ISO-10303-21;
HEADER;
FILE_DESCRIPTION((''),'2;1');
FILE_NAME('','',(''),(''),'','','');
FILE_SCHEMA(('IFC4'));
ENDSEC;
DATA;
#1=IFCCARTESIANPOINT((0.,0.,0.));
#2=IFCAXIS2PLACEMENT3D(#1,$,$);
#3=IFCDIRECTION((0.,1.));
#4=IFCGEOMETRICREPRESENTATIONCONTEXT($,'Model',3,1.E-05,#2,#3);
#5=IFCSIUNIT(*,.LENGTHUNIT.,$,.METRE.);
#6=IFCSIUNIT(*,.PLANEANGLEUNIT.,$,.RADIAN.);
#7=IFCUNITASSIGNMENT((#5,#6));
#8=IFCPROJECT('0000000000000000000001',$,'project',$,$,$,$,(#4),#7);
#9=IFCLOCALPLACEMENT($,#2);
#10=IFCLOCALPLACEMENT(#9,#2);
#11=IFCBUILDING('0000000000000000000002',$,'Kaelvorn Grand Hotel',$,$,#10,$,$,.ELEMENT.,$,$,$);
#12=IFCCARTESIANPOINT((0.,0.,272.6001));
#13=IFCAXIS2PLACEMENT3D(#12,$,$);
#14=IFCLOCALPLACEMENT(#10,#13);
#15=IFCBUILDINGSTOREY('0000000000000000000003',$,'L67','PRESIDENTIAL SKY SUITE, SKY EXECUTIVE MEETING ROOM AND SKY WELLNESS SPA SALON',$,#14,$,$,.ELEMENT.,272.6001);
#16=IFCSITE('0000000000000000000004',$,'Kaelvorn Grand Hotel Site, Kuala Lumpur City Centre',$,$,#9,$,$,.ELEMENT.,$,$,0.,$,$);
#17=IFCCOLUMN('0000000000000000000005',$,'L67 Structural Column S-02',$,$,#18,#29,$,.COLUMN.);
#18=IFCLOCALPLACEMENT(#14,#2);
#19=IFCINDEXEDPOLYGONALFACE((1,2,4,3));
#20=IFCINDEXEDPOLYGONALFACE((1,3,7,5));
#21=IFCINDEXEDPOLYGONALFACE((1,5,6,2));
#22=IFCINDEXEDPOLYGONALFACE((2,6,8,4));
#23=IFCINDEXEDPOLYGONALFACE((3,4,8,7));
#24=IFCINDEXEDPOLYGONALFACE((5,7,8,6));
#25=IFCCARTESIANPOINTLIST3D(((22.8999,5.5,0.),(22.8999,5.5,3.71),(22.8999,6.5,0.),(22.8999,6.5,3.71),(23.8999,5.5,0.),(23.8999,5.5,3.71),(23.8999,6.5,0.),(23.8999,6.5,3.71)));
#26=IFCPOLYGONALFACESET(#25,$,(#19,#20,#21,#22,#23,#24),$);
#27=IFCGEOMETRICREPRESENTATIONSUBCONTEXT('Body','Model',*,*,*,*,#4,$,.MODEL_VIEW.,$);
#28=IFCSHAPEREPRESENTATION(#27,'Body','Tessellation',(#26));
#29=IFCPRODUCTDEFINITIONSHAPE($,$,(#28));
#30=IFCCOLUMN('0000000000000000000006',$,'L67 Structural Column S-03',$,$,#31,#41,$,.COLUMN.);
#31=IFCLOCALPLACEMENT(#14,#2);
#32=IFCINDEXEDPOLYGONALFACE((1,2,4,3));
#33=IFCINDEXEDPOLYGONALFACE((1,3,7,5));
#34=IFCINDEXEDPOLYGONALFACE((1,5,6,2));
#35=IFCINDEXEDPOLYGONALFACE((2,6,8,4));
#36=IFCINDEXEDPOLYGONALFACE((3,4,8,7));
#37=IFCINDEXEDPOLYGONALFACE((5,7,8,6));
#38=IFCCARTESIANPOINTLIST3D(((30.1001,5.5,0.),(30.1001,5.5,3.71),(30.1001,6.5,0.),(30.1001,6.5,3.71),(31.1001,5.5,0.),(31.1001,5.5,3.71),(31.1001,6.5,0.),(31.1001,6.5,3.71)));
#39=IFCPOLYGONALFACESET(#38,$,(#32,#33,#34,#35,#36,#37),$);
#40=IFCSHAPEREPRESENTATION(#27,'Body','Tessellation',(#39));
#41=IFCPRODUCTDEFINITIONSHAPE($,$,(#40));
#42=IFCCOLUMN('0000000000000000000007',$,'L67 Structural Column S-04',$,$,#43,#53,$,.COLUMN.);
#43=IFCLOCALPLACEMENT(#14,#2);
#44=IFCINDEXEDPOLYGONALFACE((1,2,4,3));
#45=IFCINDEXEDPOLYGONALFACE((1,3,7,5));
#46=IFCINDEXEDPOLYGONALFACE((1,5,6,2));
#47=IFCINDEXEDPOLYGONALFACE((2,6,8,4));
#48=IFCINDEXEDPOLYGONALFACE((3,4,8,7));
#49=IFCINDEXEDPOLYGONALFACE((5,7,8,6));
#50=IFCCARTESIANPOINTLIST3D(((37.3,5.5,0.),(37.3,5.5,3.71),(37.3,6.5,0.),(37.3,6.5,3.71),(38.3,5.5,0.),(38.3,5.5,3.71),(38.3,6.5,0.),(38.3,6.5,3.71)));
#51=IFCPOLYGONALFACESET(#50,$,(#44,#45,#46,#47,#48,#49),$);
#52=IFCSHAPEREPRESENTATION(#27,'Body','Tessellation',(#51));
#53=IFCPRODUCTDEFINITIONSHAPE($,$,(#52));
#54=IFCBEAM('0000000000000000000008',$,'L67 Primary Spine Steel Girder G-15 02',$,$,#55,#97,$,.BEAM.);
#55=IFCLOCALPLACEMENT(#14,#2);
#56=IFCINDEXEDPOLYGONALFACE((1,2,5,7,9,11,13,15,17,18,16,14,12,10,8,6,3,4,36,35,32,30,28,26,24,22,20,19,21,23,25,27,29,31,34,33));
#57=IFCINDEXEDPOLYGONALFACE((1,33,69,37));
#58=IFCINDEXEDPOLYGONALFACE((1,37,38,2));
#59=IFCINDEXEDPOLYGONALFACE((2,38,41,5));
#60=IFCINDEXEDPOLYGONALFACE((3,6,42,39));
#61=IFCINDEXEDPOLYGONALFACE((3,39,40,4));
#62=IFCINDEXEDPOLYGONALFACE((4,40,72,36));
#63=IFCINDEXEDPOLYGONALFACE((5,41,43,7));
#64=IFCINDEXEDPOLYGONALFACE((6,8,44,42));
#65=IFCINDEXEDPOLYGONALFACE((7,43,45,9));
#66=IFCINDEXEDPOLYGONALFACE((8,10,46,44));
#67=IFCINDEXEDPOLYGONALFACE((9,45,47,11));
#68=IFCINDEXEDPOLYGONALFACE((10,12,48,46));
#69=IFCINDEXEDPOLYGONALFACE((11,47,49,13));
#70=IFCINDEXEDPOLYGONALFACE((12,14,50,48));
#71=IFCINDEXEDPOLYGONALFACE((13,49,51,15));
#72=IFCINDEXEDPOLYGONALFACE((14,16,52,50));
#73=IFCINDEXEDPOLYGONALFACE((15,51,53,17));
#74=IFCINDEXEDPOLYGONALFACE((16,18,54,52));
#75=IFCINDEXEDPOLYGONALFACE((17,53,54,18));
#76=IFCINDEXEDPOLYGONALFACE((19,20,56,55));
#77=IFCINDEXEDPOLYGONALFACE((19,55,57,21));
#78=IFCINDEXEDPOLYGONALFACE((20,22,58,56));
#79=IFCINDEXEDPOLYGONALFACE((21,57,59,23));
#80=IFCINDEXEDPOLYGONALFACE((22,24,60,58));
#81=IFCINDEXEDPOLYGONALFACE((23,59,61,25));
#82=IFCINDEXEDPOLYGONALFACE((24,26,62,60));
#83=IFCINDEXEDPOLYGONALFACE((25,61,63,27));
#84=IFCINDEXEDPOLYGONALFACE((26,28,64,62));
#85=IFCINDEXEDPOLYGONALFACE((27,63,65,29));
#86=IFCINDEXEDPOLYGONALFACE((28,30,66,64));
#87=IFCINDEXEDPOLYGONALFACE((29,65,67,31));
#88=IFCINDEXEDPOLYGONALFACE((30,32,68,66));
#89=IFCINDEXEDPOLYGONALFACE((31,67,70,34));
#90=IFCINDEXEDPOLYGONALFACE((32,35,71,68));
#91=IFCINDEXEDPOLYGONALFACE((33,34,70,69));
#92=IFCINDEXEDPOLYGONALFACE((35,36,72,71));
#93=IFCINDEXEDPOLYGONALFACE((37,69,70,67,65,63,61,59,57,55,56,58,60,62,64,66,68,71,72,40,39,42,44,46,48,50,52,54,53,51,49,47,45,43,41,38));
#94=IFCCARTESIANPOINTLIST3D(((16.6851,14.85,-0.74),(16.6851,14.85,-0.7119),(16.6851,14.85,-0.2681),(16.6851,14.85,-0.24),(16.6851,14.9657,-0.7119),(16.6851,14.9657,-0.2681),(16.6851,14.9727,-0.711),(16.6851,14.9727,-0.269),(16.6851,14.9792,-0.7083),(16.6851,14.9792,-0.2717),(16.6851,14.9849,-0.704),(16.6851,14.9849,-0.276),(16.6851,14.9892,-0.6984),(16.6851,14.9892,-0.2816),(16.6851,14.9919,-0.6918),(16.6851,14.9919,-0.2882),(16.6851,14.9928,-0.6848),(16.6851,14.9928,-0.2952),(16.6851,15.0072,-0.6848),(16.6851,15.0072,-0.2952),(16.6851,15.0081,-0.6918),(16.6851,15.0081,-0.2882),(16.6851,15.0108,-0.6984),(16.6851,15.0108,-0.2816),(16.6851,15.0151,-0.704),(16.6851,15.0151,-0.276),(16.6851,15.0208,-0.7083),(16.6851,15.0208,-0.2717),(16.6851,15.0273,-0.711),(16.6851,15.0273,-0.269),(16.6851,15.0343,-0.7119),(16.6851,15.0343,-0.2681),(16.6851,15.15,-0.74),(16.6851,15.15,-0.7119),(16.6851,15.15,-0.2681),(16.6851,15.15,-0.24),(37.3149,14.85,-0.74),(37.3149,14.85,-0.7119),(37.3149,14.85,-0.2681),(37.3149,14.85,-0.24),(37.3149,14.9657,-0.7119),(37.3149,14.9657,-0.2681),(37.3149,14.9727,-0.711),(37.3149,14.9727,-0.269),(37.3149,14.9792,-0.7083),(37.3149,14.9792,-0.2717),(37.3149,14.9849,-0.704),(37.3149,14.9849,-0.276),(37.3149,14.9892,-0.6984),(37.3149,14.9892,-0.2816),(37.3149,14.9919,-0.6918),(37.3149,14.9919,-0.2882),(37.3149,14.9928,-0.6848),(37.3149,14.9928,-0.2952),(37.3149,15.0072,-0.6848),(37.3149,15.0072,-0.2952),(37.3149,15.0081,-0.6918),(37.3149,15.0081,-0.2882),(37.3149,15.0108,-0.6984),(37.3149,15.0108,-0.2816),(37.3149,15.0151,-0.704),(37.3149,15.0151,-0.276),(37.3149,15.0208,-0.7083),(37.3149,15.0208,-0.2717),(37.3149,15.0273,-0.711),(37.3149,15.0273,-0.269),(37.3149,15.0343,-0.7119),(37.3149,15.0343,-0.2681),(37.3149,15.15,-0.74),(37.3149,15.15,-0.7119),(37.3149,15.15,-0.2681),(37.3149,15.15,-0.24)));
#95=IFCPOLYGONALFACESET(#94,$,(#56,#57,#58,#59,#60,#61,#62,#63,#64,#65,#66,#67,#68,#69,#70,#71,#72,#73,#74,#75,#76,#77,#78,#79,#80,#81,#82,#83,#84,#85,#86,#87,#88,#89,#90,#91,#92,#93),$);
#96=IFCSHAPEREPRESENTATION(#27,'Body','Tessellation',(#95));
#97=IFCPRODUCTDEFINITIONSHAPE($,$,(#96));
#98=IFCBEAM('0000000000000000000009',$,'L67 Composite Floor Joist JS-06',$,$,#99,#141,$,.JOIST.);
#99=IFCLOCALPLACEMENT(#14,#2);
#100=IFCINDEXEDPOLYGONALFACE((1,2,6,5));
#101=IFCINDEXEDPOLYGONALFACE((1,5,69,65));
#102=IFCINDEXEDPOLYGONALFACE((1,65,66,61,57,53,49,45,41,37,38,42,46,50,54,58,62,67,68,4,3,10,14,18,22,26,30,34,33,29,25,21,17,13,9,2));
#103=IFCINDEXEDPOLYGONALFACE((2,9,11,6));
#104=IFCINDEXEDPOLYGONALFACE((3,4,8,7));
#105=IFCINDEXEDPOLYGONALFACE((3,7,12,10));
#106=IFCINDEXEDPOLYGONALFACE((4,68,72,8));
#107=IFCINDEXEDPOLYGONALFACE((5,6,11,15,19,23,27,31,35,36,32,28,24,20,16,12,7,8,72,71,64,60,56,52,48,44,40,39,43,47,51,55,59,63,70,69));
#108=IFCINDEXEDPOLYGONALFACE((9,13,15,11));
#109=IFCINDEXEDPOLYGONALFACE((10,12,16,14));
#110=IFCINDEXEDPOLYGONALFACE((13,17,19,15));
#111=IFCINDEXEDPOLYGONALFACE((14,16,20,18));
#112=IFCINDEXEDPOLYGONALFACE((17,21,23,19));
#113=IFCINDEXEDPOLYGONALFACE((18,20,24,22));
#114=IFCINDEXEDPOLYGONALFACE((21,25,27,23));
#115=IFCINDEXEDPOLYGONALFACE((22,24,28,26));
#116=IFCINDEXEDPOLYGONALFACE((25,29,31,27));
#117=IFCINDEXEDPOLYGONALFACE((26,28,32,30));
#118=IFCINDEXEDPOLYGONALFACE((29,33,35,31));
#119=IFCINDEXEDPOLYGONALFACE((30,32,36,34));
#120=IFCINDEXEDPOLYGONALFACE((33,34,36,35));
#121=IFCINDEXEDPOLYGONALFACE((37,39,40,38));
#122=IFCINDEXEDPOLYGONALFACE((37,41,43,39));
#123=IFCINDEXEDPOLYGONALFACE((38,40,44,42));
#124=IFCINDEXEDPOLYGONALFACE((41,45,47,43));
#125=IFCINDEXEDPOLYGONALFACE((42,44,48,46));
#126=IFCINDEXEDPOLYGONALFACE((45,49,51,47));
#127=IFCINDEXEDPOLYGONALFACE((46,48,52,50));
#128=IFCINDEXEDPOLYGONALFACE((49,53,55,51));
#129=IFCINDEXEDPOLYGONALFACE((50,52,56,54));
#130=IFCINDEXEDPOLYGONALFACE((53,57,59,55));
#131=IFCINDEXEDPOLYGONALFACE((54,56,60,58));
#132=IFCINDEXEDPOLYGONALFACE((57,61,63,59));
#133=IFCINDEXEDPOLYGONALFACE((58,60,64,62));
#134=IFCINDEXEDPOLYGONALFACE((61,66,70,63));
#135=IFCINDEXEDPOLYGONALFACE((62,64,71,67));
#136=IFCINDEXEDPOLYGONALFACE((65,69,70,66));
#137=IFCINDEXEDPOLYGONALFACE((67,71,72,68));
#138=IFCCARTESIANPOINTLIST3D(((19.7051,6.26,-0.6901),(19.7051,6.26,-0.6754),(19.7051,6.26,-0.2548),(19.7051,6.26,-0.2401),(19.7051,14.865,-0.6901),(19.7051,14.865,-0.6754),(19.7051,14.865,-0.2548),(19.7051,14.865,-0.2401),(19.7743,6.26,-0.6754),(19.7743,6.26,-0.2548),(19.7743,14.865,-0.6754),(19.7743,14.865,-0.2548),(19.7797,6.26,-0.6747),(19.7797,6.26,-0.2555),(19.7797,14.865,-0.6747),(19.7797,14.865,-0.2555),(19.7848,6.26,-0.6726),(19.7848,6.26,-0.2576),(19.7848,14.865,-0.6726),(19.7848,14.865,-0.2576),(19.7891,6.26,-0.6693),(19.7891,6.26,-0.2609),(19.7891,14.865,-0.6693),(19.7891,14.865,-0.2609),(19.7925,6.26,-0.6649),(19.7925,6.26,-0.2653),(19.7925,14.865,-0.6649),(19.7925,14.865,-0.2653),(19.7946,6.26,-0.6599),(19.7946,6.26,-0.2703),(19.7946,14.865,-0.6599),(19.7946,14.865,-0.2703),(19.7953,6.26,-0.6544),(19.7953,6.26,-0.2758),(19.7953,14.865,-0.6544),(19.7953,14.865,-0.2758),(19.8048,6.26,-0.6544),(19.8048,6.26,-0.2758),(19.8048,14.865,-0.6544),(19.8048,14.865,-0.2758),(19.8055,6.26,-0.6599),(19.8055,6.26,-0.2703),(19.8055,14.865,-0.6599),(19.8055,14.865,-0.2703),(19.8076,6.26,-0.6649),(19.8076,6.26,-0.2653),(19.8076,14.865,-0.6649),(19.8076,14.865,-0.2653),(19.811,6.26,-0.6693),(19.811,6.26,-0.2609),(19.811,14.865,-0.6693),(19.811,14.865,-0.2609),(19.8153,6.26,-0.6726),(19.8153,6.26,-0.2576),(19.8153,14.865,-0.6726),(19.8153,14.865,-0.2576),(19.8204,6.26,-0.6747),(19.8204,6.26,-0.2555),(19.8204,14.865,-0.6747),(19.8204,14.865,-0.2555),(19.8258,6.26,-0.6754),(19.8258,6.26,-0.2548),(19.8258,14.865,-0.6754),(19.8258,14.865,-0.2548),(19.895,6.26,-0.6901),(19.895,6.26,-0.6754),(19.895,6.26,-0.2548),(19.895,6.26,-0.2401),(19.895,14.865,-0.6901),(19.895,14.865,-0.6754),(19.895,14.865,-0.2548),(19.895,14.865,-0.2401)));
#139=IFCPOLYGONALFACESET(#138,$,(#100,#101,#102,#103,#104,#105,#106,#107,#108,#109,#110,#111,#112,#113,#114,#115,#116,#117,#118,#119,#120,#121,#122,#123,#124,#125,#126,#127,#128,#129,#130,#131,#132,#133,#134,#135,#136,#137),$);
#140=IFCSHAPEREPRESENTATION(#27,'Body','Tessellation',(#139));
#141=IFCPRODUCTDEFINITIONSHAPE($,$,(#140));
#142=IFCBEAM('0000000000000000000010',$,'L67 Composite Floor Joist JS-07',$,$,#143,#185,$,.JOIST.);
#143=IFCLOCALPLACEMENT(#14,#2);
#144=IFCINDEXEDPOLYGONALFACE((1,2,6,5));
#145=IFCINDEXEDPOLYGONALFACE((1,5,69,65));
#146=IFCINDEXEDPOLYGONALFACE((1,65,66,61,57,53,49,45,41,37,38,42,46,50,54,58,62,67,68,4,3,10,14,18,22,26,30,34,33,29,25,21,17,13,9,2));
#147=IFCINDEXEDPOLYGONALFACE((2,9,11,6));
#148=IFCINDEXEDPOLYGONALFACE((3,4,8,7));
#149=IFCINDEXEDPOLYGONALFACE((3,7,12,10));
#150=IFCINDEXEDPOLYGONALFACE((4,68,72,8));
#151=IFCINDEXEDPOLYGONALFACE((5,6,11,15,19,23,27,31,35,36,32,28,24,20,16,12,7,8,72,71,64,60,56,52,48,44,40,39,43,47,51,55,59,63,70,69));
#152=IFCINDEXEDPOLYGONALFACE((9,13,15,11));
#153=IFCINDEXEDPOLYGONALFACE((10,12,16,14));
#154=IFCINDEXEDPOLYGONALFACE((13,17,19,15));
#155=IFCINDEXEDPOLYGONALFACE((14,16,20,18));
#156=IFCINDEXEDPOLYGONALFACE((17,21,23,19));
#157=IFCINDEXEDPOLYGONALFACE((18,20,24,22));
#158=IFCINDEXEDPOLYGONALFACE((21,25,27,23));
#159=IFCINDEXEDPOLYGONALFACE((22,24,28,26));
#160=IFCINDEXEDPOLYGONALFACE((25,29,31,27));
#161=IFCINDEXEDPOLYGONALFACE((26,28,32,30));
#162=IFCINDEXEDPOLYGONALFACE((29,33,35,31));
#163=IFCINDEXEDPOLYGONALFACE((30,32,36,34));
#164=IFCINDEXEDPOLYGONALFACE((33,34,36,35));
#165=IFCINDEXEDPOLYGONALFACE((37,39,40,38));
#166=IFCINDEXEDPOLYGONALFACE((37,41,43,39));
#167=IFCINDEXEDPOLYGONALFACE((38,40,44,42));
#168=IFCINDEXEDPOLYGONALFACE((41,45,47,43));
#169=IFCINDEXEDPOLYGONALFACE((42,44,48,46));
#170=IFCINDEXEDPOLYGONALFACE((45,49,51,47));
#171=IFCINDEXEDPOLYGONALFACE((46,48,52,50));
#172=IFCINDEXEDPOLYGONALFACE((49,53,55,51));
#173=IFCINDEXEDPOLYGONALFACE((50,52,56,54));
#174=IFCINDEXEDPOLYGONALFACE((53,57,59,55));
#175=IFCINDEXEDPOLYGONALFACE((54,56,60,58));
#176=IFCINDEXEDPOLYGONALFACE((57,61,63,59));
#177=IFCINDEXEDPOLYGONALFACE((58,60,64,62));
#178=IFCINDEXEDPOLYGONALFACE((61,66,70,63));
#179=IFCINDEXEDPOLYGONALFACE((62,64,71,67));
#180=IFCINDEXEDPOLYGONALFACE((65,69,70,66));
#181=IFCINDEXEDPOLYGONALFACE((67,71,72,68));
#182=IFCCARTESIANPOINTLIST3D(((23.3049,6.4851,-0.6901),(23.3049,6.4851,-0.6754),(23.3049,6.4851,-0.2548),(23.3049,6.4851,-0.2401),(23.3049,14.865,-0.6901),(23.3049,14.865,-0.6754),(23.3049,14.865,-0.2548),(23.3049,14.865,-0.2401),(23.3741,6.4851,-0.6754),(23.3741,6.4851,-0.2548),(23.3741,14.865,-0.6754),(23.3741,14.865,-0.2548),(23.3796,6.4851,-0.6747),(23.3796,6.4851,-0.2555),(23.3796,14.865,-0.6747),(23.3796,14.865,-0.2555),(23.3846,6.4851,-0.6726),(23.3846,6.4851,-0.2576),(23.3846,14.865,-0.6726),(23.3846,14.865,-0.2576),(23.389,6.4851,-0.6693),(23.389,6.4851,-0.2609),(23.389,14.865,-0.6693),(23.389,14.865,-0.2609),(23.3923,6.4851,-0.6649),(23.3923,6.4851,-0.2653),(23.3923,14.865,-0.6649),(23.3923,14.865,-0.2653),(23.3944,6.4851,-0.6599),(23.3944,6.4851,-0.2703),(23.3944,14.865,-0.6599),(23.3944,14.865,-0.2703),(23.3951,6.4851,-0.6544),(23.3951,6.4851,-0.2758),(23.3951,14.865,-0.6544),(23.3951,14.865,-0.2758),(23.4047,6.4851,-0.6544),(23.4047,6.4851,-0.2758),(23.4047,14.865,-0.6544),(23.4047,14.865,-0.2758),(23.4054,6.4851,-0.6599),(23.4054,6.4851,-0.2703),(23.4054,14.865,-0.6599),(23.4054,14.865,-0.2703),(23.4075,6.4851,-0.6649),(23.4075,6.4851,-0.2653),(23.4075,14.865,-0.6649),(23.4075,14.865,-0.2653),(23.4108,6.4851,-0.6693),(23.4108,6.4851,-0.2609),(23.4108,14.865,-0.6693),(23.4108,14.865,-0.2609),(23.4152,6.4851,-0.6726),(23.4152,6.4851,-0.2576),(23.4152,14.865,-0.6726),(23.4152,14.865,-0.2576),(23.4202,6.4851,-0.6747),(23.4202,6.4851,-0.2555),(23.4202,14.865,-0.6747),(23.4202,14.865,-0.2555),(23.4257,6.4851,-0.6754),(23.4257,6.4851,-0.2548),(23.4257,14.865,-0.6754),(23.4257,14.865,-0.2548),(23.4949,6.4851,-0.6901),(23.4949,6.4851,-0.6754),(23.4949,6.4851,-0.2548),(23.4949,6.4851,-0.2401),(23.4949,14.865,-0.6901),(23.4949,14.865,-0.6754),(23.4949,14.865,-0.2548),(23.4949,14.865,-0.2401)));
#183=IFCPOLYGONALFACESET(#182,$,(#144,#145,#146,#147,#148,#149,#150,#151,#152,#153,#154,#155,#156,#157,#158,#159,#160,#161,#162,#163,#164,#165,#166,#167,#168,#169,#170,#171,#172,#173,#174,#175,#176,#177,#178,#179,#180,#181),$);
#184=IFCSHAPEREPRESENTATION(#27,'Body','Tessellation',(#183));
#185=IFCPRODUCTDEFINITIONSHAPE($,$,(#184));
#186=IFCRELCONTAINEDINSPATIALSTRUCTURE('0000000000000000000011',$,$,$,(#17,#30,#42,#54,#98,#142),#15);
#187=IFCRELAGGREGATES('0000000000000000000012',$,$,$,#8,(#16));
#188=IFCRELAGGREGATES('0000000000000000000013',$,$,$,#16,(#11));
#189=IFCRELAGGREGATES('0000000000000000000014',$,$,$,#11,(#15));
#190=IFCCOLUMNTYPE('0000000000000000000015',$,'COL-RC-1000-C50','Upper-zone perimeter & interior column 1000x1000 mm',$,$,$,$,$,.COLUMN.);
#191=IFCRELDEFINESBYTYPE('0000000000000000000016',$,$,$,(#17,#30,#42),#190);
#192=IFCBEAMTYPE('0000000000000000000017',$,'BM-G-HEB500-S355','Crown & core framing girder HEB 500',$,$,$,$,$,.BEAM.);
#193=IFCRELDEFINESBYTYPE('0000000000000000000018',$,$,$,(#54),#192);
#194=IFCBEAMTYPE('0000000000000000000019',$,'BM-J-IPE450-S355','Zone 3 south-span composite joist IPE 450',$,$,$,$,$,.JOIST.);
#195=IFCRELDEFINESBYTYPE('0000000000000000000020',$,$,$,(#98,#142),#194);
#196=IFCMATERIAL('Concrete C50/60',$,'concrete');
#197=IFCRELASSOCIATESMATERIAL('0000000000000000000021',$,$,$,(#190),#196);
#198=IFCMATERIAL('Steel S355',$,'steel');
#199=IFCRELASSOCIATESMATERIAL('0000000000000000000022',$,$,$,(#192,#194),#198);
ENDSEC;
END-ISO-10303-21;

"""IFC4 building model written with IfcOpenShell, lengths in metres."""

from ifc_helpers import new_model, si_unit, direction, frame, origin, origin_2d, place, context, subcontext, project, spatial, rectangle, i_section, extrude, material, material_profile, profile_set, type_object, element, save


model = new_model("IFC4")

# Units and contexts
model_context = context("Model", 3, precision=1e-05, world=origin(), true_north=direction((0.0, 1.0)))
body_context = subcontext(model_context, "Body", "Model", "MODEL_VIEW")
ifc_project = project(units=[si_unit("LENGTHUNIT", "METRE"), si_unit("PLANEANGLEUNIT", "RADIAN")], contexts=[model_context])

# Site, building, storey
site_placement = place(None, origin())
site = spatial("IfcSite", under=ifc_project, at=site_placement, Name="Kaelvorn Grand Hotel Site, Kuala Lumpur City Centre", CompositionType="ELEMENT", RefElevation=0.0)
building_placement = place(site_placement, origin())
building = spatial("IfcBuilding", under=site, at=building_placement, Name="Kaelvorn Grand Hotel", CompositionType="ELEMENT")
storey_placement = place(building_placement, frame((0.0, 0.0, 272.6001)))
storey = spatial("IfcBuildingStorey", under=building, at=storey_placement, Name="L67", Description="PRESIDENTIAL SKY SUITE, SKY EXECUTIVE MEETING ROOM AND SKY WELLNESS SPA SALON", CompositionType="ELEMENT", Elevation=272.6001)

# Columns
ifc_material_1 = material(Name="Concrete C50/60", Category="concrete")
ifc_material_profile_1 = material_profile(ifc_material_1, rectangle(XDim=1.0, YDim=1.0, at=origin_2d()), Name="RC COL 1000x1000")
ifc_profile_set_1 = profile_set([ifc_material_profile_1], Name="Concrete C50/60")
column_type = type_object("IfcColumnType", Name="COL-RC-1000-C50", Description="Upper-zone perimeter & interior column 1000x1000 mm", PredefinedType="COLUMN", material=ifc_profile_set_1)
for number, where, z_axis, x_axis, name in (
    (1, (23.3999, 6.0, 0.0), (0.0, 0.0, 1.0), (1.0, 0.0, 0.0), "L67 Structural Column S-02"),
    (2, (30.6001, 6.0, 0.0), (0.0, 0.0, 1.0), (1.0, 0.0, 0.0), "L67 Structural Column S-03"),
    (3, (37.8, 6.0, 0.0), (0.0, 0.0, 1.0), (1.0, 0.0, 0.0), "L67 Structural Column S-04"),
):
    element("IfcColumn", number, at=place(storey_placement, frame(where, z_axis=z_axis, x_axis=x_axis)), inside=storey, type_object=column_type, Name=name, PredefinedType="COLUMN", context=body_context, shape_type="SweptSolid", body=[
        extrude(rectangle(XDim=1.0, YDim=1.0, at=origin_2d()), origin(), (0.0, 0.0, 1.0), 3.71),
    ])

# Beams
ifc_material_2 = material(Name="Steel S355", Category="steel")
ifc_material_profile_2 = material_profile(ifc_material_2, i_section(OverallWidth=0.3, OverallDepth=0.5, WebThickness=0.0144, FlangeThickness=0.0281, FilletRadius=0.0271, at=origin_2d()), Name="HEB 500")
ifc_profile_set_2 = profile_set([ifc_material_profile_2], Name="Steel S355")
beam_type_1 = type_object("IfcBeamType", Name="BM-G-HEB500-S355", Description="Crown & core framing girder HEB 500", PredefinedType="BEAM", material=ifc_profile_set_2)
beam_1_placement = place(storey_placement, frame((16.6851, 15.0, -0.49), z_axis=(1.0, 0.0, 0.0), x_axis=(0.0, 1.0, 0.0)))
element("IfcBeam", 4, at=beam_1_placement, inside=storey, type_object=beam_type_1, Name="L67 Primary Spine Steel Girder G-15 02", PredefinedType="BEAM", context=body_context, shape_type="SweptSolid", body=[
    extrude(i_section(OverallWidth=0.3, OverallDepth=0.5, WebThickness=0.0144, FlangeThickness=0.0281, FilletRadius=0.0271, at=origin_2d()), origin(), (0.0, 0.0, 1.0), 20.6299),
])
ifc_material_profile_3 = material_profile(ifc_material_2, i_section(OverallWidth=0.1899, OverallDepth=0.45, WebThickness=0.0095, FlangeThickness=0.0146, FilletRadius=0.021, at=origin_2d()), Name="IPE 450")
ifc_profile_set_3 = profile_set([ifc_material_profile_3], Name="Steel S355")
beam_type_2 = type_object("IfcBeamType", Name="BM-J-IPE450-S355", Description="Zone 3 south-span composite joist IPE 450", PredefinedType="JOIST", material=ifc_profile_set_3)
beam_2_placement = place(storey_placement, frame((19.8, 6.26, -0.4651), z_axis=(0.0, 1.0, 0.0), x_axis=(-1.0, 0.0, 0.0)))
element("IfcBeam", 5, at=beam_2_placement, inside=storey, type_object=beam_type_2, Name="L67 Composite Floor Joist JS-06", PredefinedType="JOIST", context=body_context, shape_type="SweptSolid", body=[
    extrude(i_section(OverallWidth=0.1899, OverallDepth=0.45, WebThickness=0.0095, FlangeThickness=0.0146, FilletRadius=0.021, at=origin_2d()), origin(), (0.0, 0.0, 1.0), 8.605),
])
beam_3_placement = place(storey_placement, frame((23.3999, 6.4851, -0.4651), z_axis=(0.0, 1.0, 0.0), x_axis=(-1.0, 0.0, 0.0)))
element("IfcBeam", 6, at=beam_3_placement, inside=storey, type_object=beam_type_2, Name="L67 Composite Floor Joist JS-07", PredefinedType="JOIST", context=body_context, shape_type="SweptSolid", body=[
    extrude(i_section(OverallWidth=0.1899, OverallDepth=0.45, WebThickness=0.0095, FlangeThickness=0.0146, FilletRadius=0.021, at=origin_2d()), origin(), (0.0, 0.0, 1.0), 8.3799),
])

save(model, "model.ifc")
